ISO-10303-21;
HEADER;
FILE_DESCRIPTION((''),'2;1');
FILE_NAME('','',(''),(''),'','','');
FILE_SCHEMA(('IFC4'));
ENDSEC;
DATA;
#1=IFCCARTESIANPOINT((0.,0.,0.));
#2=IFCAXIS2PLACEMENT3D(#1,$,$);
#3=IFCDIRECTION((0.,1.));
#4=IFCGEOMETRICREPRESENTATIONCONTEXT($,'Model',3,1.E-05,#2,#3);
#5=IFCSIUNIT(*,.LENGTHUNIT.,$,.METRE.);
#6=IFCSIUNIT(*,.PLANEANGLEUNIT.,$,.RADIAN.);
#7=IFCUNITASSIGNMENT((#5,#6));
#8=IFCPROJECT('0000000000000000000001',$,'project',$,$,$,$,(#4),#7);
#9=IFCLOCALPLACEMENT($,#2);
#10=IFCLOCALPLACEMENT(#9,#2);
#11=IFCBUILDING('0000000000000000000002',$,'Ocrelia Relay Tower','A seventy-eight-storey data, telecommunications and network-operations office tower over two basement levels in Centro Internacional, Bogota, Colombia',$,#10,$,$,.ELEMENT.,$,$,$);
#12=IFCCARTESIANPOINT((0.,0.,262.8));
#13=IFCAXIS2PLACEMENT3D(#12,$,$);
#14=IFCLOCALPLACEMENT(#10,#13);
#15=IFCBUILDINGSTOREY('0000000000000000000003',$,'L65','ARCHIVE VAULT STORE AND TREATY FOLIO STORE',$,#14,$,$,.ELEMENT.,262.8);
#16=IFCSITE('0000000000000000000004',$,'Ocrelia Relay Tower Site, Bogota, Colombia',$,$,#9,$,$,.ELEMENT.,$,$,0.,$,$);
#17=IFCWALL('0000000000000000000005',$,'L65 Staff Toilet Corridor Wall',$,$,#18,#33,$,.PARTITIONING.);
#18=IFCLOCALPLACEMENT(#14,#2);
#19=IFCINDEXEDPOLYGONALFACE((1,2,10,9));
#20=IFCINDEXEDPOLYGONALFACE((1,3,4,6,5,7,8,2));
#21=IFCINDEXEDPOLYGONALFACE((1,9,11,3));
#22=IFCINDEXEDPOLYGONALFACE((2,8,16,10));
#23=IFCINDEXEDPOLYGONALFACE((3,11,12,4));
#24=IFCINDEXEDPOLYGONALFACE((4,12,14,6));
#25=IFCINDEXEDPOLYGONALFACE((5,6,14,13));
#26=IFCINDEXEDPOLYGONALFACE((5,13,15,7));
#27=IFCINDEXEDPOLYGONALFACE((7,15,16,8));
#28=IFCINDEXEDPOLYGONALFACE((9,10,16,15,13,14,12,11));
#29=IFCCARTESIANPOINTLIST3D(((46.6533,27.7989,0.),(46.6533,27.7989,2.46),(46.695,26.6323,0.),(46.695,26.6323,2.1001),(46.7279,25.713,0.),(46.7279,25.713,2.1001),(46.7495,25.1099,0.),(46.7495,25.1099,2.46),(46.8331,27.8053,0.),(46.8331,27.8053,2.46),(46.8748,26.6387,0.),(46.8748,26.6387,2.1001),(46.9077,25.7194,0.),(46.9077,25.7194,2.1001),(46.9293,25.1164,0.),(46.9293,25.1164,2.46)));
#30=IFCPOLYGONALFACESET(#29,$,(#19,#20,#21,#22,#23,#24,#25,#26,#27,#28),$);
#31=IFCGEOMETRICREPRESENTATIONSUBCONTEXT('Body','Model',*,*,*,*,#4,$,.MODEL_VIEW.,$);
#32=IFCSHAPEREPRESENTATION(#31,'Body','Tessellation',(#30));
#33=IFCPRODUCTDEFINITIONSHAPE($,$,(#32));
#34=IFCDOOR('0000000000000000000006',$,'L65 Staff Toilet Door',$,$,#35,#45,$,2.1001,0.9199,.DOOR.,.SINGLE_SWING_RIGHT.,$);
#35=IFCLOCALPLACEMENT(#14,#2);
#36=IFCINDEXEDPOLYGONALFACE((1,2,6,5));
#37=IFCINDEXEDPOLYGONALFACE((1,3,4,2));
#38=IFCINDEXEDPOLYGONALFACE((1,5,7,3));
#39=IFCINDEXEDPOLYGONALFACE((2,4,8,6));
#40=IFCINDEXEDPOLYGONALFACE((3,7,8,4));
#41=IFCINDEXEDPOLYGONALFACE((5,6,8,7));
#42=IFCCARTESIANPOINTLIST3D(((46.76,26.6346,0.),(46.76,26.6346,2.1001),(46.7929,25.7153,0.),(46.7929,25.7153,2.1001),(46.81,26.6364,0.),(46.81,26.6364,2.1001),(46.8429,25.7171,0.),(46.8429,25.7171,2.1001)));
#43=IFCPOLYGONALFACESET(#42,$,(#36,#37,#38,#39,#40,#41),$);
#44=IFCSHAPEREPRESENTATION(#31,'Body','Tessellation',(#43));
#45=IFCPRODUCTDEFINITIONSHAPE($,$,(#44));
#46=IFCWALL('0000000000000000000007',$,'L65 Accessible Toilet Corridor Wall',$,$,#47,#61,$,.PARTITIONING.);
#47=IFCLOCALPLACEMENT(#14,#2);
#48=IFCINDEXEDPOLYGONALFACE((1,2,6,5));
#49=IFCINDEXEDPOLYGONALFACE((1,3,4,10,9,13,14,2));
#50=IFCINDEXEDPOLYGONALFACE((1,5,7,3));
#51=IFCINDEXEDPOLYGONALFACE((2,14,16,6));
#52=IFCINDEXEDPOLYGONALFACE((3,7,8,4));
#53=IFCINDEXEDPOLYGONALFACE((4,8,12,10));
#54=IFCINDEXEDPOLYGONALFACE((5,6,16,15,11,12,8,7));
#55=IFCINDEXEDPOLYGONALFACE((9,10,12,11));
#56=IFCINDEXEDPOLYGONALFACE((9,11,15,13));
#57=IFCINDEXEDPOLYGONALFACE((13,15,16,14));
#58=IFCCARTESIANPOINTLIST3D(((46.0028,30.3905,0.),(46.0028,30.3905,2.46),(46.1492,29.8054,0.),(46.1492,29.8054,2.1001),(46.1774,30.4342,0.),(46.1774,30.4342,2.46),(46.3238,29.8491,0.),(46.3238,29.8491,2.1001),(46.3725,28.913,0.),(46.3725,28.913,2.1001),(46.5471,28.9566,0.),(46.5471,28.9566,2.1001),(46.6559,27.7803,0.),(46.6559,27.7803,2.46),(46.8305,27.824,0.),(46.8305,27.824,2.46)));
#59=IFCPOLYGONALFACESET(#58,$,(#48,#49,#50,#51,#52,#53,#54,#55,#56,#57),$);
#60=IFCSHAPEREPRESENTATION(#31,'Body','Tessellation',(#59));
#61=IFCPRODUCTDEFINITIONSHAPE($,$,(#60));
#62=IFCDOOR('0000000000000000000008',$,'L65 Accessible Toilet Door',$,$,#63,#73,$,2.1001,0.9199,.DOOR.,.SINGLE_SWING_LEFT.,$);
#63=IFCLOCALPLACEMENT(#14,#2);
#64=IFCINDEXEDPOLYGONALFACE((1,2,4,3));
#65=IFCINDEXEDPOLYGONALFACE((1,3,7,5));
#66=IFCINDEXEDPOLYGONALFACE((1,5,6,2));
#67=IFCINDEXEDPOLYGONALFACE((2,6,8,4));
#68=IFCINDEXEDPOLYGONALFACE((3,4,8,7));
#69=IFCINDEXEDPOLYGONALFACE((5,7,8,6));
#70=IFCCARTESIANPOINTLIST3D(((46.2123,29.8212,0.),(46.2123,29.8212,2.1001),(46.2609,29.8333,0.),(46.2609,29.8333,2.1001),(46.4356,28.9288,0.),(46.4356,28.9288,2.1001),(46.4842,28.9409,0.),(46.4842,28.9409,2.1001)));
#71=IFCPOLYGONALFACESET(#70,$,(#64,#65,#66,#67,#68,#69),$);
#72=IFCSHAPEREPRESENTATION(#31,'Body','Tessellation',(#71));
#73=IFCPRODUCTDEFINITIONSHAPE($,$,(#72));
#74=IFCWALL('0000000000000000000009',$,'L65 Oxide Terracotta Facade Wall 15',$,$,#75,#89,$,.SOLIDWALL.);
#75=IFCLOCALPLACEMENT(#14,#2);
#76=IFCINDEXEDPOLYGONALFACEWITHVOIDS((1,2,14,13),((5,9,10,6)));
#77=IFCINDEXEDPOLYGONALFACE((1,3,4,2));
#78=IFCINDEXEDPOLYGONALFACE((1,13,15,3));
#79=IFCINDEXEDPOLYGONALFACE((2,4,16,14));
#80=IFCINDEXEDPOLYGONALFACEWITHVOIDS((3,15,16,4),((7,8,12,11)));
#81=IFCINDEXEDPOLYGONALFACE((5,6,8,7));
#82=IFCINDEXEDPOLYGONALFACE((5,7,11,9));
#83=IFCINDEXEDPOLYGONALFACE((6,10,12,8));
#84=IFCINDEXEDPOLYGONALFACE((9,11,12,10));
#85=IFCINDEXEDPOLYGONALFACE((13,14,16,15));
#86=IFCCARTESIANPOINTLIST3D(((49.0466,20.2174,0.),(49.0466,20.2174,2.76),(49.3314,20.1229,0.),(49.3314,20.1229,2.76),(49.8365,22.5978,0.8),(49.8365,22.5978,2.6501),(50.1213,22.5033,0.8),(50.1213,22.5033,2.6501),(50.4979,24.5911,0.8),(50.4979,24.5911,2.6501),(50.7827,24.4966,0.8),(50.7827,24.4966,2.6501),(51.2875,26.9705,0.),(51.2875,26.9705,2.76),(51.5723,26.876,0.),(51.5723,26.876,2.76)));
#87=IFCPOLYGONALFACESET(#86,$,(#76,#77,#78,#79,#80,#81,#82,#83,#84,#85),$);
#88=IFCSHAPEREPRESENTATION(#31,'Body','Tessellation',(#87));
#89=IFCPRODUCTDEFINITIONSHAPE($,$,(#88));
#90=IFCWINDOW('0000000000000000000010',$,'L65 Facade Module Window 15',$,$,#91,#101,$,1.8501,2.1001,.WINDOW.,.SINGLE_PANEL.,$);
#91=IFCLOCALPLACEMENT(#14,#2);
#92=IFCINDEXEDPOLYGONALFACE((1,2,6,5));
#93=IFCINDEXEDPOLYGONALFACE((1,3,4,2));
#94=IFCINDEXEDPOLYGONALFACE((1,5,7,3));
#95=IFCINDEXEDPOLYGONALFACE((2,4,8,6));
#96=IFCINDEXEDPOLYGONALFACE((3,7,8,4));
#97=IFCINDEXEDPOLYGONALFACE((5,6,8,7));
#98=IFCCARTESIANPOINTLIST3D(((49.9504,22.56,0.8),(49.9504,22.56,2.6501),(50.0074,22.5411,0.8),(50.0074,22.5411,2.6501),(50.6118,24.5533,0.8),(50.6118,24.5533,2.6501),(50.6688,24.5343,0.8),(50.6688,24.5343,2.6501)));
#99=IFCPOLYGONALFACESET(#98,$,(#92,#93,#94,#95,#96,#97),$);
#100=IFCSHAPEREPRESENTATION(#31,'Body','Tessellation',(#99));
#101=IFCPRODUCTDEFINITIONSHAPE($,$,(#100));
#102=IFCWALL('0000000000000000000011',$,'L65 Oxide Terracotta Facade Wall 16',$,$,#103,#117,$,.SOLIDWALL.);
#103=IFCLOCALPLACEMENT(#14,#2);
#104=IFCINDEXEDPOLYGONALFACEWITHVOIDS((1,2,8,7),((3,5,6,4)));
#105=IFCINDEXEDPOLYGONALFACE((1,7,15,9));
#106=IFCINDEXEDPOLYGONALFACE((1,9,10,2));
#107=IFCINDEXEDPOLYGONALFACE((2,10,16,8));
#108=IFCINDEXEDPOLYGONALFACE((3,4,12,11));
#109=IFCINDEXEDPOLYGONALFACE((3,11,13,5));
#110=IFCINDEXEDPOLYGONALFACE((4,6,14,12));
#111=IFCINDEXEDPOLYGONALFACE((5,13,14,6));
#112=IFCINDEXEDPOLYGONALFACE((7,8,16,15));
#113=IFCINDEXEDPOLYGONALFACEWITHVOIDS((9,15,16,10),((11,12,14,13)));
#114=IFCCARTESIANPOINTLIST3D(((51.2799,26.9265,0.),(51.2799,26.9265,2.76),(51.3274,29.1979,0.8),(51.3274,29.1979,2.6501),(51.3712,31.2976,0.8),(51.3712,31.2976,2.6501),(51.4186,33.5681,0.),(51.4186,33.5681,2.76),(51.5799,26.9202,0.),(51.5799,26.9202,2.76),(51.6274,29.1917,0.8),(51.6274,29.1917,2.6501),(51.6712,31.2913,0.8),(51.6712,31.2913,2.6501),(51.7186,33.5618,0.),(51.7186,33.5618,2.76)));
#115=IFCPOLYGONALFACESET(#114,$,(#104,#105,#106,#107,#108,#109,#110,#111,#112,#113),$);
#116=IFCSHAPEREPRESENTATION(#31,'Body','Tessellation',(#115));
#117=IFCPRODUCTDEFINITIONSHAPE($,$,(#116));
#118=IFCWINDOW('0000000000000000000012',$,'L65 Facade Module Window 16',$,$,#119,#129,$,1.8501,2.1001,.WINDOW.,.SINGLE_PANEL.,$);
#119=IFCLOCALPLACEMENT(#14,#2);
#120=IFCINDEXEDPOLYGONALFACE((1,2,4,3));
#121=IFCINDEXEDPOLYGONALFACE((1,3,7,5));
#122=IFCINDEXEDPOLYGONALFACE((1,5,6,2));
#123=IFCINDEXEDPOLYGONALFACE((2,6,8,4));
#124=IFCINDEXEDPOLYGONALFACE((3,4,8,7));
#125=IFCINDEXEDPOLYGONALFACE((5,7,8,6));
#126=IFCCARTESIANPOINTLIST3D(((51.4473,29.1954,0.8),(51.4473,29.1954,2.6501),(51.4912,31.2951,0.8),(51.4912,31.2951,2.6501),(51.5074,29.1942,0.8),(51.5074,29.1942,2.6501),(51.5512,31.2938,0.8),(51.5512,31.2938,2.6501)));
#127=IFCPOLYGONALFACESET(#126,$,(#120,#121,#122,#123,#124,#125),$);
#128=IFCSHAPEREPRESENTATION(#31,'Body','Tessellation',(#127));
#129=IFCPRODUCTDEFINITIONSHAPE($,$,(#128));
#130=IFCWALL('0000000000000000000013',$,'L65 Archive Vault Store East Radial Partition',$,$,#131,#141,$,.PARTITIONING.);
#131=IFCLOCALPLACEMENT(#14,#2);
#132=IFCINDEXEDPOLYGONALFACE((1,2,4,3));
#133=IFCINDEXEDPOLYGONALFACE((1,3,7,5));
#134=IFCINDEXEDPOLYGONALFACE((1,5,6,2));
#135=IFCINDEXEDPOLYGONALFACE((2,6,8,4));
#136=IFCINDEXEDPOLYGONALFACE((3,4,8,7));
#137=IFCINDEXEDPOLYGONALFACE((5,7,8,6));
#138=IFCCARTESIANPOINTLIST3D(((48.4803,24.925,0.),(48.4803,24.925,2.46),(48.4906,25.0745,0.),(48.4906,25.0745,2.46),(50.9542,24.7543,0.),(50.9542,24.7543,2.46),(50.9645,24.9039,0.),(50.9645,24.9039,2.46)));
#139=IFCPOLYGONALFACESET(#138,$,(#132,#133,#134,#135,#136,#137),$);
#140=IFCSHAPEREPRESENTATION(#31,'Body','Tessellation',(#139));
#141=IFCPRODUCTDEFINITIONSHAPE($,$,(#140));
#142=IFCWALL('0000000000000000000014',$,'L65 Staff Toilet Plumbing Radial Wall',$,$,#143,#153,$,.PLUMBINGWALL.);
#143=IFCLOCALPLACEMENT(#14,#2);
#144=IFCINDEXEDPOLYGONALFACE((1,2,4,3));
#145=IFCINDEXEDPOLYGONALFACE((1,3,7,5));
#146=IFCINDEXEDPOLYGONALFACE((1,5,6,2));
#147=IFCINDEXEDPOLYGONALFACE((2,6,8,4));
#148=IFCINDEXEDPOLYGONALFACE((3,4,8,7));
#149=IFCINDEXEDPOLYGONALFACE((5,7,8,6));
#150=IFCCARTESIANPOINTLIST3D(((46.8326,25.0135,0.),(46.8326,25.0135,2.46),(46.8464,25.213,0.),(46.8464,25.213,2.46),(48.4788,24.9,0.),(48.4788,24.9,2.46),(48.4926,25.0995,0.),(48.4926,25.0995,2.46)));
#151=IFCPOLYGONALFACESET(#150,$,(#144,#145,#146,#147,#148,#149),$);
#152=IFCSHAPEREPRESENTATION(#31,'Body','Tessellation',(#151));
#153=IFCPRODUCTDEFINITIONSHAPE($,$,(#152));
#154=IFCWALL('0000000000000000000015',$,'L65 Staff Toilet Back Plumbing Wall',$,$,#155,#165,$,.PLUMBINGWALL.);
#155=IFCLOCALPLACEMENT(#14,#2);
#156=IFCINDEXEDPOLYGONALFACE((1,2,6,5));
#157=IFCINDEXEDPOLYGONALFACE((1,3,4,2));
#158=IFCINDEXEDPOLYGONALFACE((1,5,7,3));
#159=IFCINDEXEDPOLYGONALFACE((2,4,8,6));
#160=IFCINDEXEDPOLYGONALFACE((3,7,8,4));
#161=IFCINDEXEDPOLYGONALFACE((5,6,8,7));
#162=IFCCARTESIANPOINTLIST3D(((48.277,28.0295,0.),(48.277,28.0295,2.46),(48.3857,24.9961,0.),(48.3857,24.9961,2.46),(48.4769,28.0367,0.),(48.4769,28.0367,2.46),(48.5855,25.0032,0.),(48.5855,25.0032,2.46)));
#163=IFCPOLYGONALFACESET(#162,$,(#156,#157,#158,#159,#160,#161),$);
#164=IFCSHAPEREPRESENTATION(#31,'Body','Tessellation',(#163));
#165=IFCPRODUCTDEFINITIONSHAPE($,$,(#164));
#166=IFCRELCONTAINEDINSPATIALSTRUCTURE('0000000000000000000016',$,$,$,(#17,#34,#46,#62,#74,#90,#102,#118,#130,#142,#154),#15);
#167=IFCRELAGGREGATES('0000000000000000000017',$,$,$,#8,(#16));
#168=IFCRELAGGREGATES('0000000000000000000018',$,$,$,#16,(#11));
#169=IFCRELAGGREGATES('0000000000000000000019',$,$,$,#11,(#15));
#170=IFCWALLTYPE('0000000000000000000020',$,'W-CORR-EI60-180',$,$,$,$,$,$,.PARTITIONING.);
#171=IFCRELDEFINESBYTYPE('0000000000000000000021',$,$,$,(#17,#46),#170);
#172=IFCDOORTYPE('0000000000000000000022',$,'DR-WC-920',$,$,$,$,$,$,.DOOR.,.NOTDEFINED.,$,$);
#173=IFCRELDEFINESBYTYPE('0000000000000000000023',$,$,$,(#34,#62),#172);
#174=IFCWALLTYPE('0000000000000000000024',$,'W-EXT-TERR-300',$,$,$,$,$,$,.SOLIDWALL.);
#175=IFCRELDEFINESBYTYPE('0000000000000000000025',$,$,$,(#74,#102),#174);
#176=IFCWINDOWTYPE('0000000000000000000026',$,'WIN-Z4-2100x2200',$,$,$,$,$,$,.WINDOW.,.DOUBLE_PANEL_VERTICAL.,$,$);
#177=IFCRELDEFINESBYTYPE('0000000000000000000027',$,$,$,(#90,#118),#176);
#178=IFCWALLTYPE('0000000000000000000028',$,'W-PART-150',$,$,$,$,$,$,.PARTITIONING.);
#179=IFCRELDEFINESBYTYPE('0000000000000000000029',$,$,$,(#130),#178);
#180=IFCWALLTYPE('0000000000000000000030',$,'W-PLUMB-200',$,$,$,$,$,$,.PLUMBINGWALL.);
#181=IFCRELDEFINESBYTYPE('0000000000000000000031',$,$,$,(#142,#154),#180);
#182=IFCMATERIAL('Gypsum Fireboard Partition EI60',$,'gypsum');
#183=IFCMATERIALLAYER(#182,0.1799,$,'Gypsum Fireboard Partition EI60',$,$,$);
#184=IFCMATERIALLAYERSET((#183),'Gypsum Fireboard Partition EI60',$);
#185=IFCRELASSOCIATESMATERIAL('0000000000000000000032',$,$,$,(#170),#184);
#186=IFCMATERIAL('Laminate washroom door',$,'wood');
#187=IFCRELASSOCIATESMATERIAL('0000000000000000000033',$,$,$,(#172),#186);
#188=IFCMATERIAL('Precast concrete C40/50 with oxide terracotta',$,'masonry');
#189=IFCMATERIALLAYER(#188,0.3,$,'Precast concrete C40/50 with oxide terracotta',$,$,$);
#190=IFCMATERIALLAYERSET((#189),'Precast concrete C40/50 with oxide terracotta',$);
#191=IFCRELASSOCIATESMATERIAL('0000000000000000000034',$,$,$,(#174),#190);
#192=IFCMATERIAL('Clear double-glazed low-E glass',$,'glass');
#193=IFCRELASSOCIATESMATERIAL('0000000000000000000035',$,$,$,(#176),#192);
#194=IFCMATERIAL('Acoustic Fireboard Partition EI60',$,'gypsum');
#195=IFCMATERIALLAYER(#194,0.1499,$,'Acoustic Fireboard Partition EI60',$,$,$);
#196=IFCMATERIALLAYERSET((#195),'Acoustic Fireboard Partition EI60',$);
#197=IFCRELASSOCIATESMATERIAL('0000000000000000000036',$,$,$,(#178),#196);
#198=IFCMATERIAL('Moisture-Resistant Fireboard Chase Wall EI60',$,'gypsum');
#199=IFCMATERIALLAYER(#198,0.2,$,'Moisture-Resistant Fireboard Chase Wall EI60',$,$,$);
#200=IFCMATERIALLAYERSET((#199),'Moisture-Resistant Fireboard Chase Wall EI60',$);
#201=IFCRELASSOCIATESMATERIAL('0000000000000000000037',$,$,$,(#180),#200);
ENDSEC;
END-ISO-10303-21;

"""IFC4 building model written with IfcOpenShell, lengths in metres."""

from ifc_helpers import new_model, si_unit, direction, frame, frame_2d, origin, place, context, subcontext, project, spatial, rectangle, extrude, material, layer, layer_set, type_object, element, fill, save


model = new_model("IFC4")

# Units and contexts
model_context = context("Model", 3, precision=1e-05, world=origin(), true_north=direction((0.0, 1.0)))
body_context = subcontext(model_context, "Body", "Model", "MODEL_VIEW")
ifc_project = project(units=[si_unit("LENGTHUNIT", "METRE"), si_unit("PLANEANGLEUNIT", "RADIAN")], contexts=[model_context])

# Site, building, storey
site_placement = place(None, origin())
site = spatial("IfcSite", under=ifc_project, at=site_placement, Name="Ocrelia Relay Tower Site, Bogota, Colombia", CompositionType="ELEMENT", RefElevation=0.0)
building_placement = place(site_placement, origin())
building = spatial("IfcBuilding", under=site, at=building_placement, Name="Ocrelia Relay Tower", Description="A seventy-eight-storey data, telecommunications and network-operations office tower over two basement levels in Centro Internacional, Bogota, Colombia", CompositionType="ELEMENT")
storey_placement = place(building_placement, frame((0.0, 0.0, 262.8)))
storey = spatial("IfcBuildingStorey", under=building, at=storey_placement, Name="L65", Description="ARCHIVE VAULT STORE AND TREATY FOLIO STORE", CompositionType="ELEMENT", Elevation=262.8)

# Walls, openings, doors
ifc_material_1 = material(Name="Gypsum Fireboard Partition EI60", Category="gypsum")
ifc_layer_1 = layer(ifc_material_1, 0.1799, Name="Gypsum Fireboard Partition EI60")
ifc_layer_set_1 = layer_set([ifc_layer_1], Name="Gypsum Fireboard Partition EI60")
wall_type_1 = type_object("IfcWallType", Name="W-CORR-EI60-180", PredefinedType="PARTITIONING", material=ifc_layer_set_1)
wall_1_placement = place(storey_placement, frame((46.8394, 25.1133, 0.0), z_axis=(0.0, 0.0, 1.0), x_axis=(-0.03575, 0.999361, 0.0)))
wall_1 = element("IfcWall", 1, at=wall_1_placement, inside=storey, type_object=wall_type_1, Name="L65 Staff Toilet Corridor Wall", PredefinedType="PARTITIONING", context=body_context, shape_type="SweptSolid", body=[
    extrude(rectangle(XDim=2.6907, YDim=0.1799, at=frame_2d((1.3452, 0.0))), origin(), (0.0, 0.0, 1.0), 2.46),
])
opening_1_placement = place(wall_1_placement, frame((0.6033, 0.0, 0.0)))
opening_1 = element("IfcOpeningElement", 2, at=opening_1_placement, cuts=wall_1, PredefinedType="OPENING", context=body_context, shape_type="SweptSolid", body=[
    extrude(rectangle(XDim=0.9199, YDim=2.1001, at=frame_2d((0.46, 1.05))), frame((0.0, 0.1001, 0.0), z_axis=(0.0, -1.0, 0.0), x_axis=(1.0, 0.0, 0.0)), (0.0, 0.0, 1.0), 0.2),
])
ifc_material_2 = material(Name="Laminate washroom door", Category="wood")
door_type = type_object("IfcDoorType", Name="DR-WC-920", OperationType="NOTDEFINED", PredefinedType="DOOR", material=ifc_material_2)
door_1_placement = place(opening_1_placement, origin())
door_1 = element("IfcDoor", 3, at=door_1_placement, inside=storey, type_object=door_type, Name="L65 Staff Toilet Door", OperationType="SINGLE_SWING_RIGHT", OverallHeight=2.1001, OverallWidth=0.9199, PredefinedType="DOOR", context=body_context, shape_type="SweptSolid", body=[
    extrude(rectangle(XDim=0.9199, YDim=2.1001, at=frame_2d((0.46, 1.05))), frame((0.0, 0.0249, 0.0), z_axis=(0.0, -1.0, 0.0), x_axis=(1.0, 0.0, 0.0)), (0.0, 0.0, 1.0), 0.05),
])
fill(opening_1, door_1)
wall_2_placement = place(storey_placement, frame((46.7432, 27.8022, 0.0), z_axis=(0.0, 0.0, 1.0), x_axis=(-0.242728, 0.970094, 0.0)))
wall_2 = element("IfcWall", 4, at=wall_2_placement, inside=storey, type_object=wall_type_1, Name="L65 Accessible Toilet Corridor Wall", PredefinedType="PARTITIONING", context=body_context, shape_type="SweptSolid", body=[
    extrude(rectangle(XDim=2.6907, YDim=0.1799, at=frame_2d((1.3452, 0.0))), origin(), (0.0, 0.0, 1.0), 2.46),
])
opening_2_placement = place(wall_2_placement, frame((1.1675, 0.0, 0.0)))
opening_2 = element("IfcOpeningElement", 5, at=opening_2_placement, cuts=wall_2, PredefinedType="OPENING", context=body_context, shape_type="SweptSolid", body=[
    extrude(rectangle(XDim=0.9199, YDim=2.1001, at=frame_2d((0.46, 1.05))), frame((0.0, 0.1001, 0.0), z_axis=(0.0, -1.0, 0.0), x_axis=(1.0, 0.0, 0.0)), (0.0, 0.0, 1.0), 0.2),
])
door_2_placement = place(opening_2_placement, origin())
door_2 = element("IfcDoor", 6, at=door_2_placement, inside=storey, type_object=door_type, Name="L65 Accessible Toilet Door", OperationType="SINGLE_SWING_LEFT", OverallHeight=2.1001, OverallWidth=0.9199, PredefinedType="DOOR", context=body_context, shape_type="SweptSolid", body=[
    extrude(rectangle(XDim=0.9199, YDim=2.1001, at=frame_2d((0.46, 1.05))), frame((0.0, 0.0249, 0.0), z_axis=(0.0, -1.0, 0.0), x_axis=(1.0, 0.0, 0.0)), (0.0, 0.0, 1.0), 0.05),
])
fill(opening_2, door_2)

# Walls, openings, windows
ifc_material_3 = material(Name="Precast concrete C40/50 with oxide terracotta", Category="masonry")
ifc_layer_2 = layer(ifc_material_3, 0.3, Name="Precast concrete C40/50 with oxide terracotta")
ifc_layer_set_2 = layer_set([ifc_layer_2], Name="Precast concrete C40/50 with oxide terracotta")
wall_type_2 = type_object("IfcWallType", Name="W-EXT-TERR-300", PredefinedType="SOLIDWALL", material=ifc_layer_set_2)
wall_3_placement = place(storey_placement, frame((49.189, 20.1702, 0.0), z_axis=(0.0, 0.0, 1.0), x_axis=(0.314951, 0.949108, 0.0)))
wall_3 = element("IfcWall", 7, at=wall_3_placement, inside=storey, type_object=wall_type_2, Name="L65 Oxide Terracotta Facade Wall 15", PredefinedType="SOLIDWALL", context=body_context, shape_type="SweptSolid", body=[
    extrude(rectangle(XDim=7.1152, YDim=0.3, at=frame_2d((3.5576, 0.0))), origin(), (0.0, 0.0, 1.0), 2.76),
])
opening_3_placement = place(wall_3_placement, frame((2.5081, 0.0, 0.8)))
opening_3 = element("IfcOpeningElement", 8, at=opening_3_placement, cuts=wall_3, PredefinedType="OPENING", context=body_context, shape_type="SweptSolid", body=[
    extrude(rectangle(XDim=2.1001, YDim=1.8501, at=frame_2d((1.05, 0.925))), frame((0.0, 0.1602, 0.0), z_axis=(0.0, -1.0, 0.0), x_axis=(1.0, 0.0, 0.0)), (0.0, 0.0, 1.0), 0.3201),
])
ifc_material_4 = material(Name="Clear double-glazed low-E glass", Category="glass")
window_type = type_object("IfcWindowType", Name="WIN-Z4-2100x2200", PartitioningType="DOUBLE_PANEL_VERTICAL", PredefinedType="WINDOW", material=ifc_material_4)
window_1_placement = place(opening_3_placement, origin())
window_1 = element("IfcWindow", 9, at=window_1_placement, inside=storey, type_object=window_type, Name="L65 Facade Module Window 15", OverallHeight=1.8501, OverallWidth=2.1001, PartitioningType="SINGLE_PANEL", PredefinedType="WINDOW", context=body_context, shape_type="SweptSolid", body=[
    extrude(rectangle(XDim=2.1001, YDim=1.8501, at=frame_2d((1.05, 0.925))), frame((0.0, 0.03, 0.0), z_axis=(0.0, -1.0, 0.0), x_axis=(1.0, 0.0, 0.0)), (0.0, 0.0, 1.0), 0.0601),
])
fill(opening_3, window_1)
wall_4_placement = place(storey_placement, frame((51.4299, 26.9233, 0.0), z_axis=(0.0, 0.0, 1.0), x_axis=(0.020875, 0.999782, 0.0)))
wall_4 = element("IfcWall", 10, at=wall_4_placement, inside=storey, type_object=wall_type_2, Name="L65 Oxide Terracotta Facade Wall 16", PredefinedType="SOLIDWALL", context=body_context, shape_type="SweptSolid", body=[
    extrude(rectangle(XDim=6.6431, YDim=0.3, at=frame_2d((3.3215, 0.0))), origin(), (0.0, 0.0, 1.0), 2.76),
])
opening_4_placement = place(wall_4_placement, frame((2.272, 0.0, 0.8)))
opening_4 = element("IfcOpeningElement", 11, at=opening_4_placement, cuts=wall_4, PredefinedType="OPENING", context=body_context, shape_type="SweptSolid", body=[
    extrude(rectangle(XDim=2.1001, YDim=1.8501, at=frame_2d((1.05, 0.925))), frame((0.0, 0.1602, 0.0), z_axis=(0.0, -1.0, 0.0), x_axis=(1.0, 0.0, 0.0)), (0.0, 0.0, 1.0), 0.3201),
])
window_2_placement = place(opening_4_placement, origin())
window_2 = element("IfcWindow", 12, at=window_2_placement, inside=storey, type_object=window_type, Name="L65 Facade Module Window 16", OverallHeight=1.8501, OverallWidth=2.1001, PartitioningType="SINGLE_PANEL", PredefinedType="WINDOW", context=body_context, shape_type="SweptSolid", body=[
    extrude(rectangle(XDim=2.1001, YDim=1.8501, at=frame_2d((1.05, 0.925))), frame((0.0, 0.03, 0.0), z_axis=(0.0, -1.0, 0.0), x_axis=(1.0, 0.0, 0.0)), (0.0, 0.0, 1.0), 0.0601),
])
fill(opening_4, window_2)

# Walls
ifc_material_5 = material(Name="Acoustic Fireboard Partition EI60", Category="gypsum")
ifc_layer_3 = layer(ifc_material_5, 0.1499, Name="Acoustic Fireboard Partition EI60")
ifc_layer_set_3 = layer_set([ifc_layer_3], Name="Acoustic Fireboard Partition EI60")
wall_type_3 = type_object("IfcWallType", Name="W-PART-150", PredefinedType="PARTITIONING", material=ifc_layer_set_3)
wall_5_placement = place(storey_placement, frame((48.4856, 24.9998, 0.0), z_axis=(0.0, 0.0, 1.0), x_axis=(0.997629, -0.068819, 0.0)))
element("IfcWall", 13, at=wall_5_placement, inside=storey, type_object=wall_type_3, Name="L65 Archive Vault Store East Radial Partition", PredefinedType="PARTITIONING", context=body_context, shape_type="SweptSolid", body=[
    extrude(rectangle(XDim=2.4797, YDim=0.1499, at=frame_2d((1.2397, 0.0))), origin(), (0.0, 0.0, 1.0), 2.46),
])
ifc_material_6 = material(Name="Moisture-Resistant Fireboard Chase Wall EI60", Category="gypsum")
ifc_layer_4 = layer(ifc_material_6, 0.2, Name="Moisture-Resistant Fireboard Chase Wall EI60")
ifc_layer_set_4 = layer_set([ifc_layer_4], Name="Moisture-Resistant Fireboard Chase Wall EI60")
wall_type_4 = type_object("IfcWallType", Name="W-PLUMB-200", PredefinedType="PLUMBINGWALL", material=ifc_layer_set_4)
wall_6_placement = place(storey_placement, frame((46.8394, 25.1133, 0.0), z_axis=(0.0, 0.0, 1.0), x_axis=(0.997631, -0.068797, 0.0)))
element("IfcWall", 14, at=wall_6_placement, inside=storey, type_object=wall_type_4, Name="L65 Staff Toilet Plumbing Radial Wall", PredefinedType="PLUMBINGWALL", context=body_context, shape_type="SweptSolid", body=[
    extrude(rectangle(XDim=1.6501, YDim=0.2, at=frame_2d((0.8252, 0.0))), origin(), (0.0, 0.0, 1.0), 2.46),
])
wall_7_placement = place(storey_placement, frame((48.4856, 24.9998, 0.0), z_axis=(0.0, 0.0, 1.0), x_axis=(-0.035792, 0.999359, 0.0)))
element("IfcWall", 15, at=wall_7_placement, inside=storey, type_object=wall_type_4, Name="L65 Staff Toilet Back Plumbing Wall", PredefinedType="PLUMBINGWALL", context=body_context, shape_type="SweptSolid", body=[
    extrude(rectangle(XDim=3.0354, YDim=0.2, at=frame_2d((1.5176, 0.0))), origin(), (0.0, 0.0, 1.0), 2.46),
])

save(model, "model.ifc")
